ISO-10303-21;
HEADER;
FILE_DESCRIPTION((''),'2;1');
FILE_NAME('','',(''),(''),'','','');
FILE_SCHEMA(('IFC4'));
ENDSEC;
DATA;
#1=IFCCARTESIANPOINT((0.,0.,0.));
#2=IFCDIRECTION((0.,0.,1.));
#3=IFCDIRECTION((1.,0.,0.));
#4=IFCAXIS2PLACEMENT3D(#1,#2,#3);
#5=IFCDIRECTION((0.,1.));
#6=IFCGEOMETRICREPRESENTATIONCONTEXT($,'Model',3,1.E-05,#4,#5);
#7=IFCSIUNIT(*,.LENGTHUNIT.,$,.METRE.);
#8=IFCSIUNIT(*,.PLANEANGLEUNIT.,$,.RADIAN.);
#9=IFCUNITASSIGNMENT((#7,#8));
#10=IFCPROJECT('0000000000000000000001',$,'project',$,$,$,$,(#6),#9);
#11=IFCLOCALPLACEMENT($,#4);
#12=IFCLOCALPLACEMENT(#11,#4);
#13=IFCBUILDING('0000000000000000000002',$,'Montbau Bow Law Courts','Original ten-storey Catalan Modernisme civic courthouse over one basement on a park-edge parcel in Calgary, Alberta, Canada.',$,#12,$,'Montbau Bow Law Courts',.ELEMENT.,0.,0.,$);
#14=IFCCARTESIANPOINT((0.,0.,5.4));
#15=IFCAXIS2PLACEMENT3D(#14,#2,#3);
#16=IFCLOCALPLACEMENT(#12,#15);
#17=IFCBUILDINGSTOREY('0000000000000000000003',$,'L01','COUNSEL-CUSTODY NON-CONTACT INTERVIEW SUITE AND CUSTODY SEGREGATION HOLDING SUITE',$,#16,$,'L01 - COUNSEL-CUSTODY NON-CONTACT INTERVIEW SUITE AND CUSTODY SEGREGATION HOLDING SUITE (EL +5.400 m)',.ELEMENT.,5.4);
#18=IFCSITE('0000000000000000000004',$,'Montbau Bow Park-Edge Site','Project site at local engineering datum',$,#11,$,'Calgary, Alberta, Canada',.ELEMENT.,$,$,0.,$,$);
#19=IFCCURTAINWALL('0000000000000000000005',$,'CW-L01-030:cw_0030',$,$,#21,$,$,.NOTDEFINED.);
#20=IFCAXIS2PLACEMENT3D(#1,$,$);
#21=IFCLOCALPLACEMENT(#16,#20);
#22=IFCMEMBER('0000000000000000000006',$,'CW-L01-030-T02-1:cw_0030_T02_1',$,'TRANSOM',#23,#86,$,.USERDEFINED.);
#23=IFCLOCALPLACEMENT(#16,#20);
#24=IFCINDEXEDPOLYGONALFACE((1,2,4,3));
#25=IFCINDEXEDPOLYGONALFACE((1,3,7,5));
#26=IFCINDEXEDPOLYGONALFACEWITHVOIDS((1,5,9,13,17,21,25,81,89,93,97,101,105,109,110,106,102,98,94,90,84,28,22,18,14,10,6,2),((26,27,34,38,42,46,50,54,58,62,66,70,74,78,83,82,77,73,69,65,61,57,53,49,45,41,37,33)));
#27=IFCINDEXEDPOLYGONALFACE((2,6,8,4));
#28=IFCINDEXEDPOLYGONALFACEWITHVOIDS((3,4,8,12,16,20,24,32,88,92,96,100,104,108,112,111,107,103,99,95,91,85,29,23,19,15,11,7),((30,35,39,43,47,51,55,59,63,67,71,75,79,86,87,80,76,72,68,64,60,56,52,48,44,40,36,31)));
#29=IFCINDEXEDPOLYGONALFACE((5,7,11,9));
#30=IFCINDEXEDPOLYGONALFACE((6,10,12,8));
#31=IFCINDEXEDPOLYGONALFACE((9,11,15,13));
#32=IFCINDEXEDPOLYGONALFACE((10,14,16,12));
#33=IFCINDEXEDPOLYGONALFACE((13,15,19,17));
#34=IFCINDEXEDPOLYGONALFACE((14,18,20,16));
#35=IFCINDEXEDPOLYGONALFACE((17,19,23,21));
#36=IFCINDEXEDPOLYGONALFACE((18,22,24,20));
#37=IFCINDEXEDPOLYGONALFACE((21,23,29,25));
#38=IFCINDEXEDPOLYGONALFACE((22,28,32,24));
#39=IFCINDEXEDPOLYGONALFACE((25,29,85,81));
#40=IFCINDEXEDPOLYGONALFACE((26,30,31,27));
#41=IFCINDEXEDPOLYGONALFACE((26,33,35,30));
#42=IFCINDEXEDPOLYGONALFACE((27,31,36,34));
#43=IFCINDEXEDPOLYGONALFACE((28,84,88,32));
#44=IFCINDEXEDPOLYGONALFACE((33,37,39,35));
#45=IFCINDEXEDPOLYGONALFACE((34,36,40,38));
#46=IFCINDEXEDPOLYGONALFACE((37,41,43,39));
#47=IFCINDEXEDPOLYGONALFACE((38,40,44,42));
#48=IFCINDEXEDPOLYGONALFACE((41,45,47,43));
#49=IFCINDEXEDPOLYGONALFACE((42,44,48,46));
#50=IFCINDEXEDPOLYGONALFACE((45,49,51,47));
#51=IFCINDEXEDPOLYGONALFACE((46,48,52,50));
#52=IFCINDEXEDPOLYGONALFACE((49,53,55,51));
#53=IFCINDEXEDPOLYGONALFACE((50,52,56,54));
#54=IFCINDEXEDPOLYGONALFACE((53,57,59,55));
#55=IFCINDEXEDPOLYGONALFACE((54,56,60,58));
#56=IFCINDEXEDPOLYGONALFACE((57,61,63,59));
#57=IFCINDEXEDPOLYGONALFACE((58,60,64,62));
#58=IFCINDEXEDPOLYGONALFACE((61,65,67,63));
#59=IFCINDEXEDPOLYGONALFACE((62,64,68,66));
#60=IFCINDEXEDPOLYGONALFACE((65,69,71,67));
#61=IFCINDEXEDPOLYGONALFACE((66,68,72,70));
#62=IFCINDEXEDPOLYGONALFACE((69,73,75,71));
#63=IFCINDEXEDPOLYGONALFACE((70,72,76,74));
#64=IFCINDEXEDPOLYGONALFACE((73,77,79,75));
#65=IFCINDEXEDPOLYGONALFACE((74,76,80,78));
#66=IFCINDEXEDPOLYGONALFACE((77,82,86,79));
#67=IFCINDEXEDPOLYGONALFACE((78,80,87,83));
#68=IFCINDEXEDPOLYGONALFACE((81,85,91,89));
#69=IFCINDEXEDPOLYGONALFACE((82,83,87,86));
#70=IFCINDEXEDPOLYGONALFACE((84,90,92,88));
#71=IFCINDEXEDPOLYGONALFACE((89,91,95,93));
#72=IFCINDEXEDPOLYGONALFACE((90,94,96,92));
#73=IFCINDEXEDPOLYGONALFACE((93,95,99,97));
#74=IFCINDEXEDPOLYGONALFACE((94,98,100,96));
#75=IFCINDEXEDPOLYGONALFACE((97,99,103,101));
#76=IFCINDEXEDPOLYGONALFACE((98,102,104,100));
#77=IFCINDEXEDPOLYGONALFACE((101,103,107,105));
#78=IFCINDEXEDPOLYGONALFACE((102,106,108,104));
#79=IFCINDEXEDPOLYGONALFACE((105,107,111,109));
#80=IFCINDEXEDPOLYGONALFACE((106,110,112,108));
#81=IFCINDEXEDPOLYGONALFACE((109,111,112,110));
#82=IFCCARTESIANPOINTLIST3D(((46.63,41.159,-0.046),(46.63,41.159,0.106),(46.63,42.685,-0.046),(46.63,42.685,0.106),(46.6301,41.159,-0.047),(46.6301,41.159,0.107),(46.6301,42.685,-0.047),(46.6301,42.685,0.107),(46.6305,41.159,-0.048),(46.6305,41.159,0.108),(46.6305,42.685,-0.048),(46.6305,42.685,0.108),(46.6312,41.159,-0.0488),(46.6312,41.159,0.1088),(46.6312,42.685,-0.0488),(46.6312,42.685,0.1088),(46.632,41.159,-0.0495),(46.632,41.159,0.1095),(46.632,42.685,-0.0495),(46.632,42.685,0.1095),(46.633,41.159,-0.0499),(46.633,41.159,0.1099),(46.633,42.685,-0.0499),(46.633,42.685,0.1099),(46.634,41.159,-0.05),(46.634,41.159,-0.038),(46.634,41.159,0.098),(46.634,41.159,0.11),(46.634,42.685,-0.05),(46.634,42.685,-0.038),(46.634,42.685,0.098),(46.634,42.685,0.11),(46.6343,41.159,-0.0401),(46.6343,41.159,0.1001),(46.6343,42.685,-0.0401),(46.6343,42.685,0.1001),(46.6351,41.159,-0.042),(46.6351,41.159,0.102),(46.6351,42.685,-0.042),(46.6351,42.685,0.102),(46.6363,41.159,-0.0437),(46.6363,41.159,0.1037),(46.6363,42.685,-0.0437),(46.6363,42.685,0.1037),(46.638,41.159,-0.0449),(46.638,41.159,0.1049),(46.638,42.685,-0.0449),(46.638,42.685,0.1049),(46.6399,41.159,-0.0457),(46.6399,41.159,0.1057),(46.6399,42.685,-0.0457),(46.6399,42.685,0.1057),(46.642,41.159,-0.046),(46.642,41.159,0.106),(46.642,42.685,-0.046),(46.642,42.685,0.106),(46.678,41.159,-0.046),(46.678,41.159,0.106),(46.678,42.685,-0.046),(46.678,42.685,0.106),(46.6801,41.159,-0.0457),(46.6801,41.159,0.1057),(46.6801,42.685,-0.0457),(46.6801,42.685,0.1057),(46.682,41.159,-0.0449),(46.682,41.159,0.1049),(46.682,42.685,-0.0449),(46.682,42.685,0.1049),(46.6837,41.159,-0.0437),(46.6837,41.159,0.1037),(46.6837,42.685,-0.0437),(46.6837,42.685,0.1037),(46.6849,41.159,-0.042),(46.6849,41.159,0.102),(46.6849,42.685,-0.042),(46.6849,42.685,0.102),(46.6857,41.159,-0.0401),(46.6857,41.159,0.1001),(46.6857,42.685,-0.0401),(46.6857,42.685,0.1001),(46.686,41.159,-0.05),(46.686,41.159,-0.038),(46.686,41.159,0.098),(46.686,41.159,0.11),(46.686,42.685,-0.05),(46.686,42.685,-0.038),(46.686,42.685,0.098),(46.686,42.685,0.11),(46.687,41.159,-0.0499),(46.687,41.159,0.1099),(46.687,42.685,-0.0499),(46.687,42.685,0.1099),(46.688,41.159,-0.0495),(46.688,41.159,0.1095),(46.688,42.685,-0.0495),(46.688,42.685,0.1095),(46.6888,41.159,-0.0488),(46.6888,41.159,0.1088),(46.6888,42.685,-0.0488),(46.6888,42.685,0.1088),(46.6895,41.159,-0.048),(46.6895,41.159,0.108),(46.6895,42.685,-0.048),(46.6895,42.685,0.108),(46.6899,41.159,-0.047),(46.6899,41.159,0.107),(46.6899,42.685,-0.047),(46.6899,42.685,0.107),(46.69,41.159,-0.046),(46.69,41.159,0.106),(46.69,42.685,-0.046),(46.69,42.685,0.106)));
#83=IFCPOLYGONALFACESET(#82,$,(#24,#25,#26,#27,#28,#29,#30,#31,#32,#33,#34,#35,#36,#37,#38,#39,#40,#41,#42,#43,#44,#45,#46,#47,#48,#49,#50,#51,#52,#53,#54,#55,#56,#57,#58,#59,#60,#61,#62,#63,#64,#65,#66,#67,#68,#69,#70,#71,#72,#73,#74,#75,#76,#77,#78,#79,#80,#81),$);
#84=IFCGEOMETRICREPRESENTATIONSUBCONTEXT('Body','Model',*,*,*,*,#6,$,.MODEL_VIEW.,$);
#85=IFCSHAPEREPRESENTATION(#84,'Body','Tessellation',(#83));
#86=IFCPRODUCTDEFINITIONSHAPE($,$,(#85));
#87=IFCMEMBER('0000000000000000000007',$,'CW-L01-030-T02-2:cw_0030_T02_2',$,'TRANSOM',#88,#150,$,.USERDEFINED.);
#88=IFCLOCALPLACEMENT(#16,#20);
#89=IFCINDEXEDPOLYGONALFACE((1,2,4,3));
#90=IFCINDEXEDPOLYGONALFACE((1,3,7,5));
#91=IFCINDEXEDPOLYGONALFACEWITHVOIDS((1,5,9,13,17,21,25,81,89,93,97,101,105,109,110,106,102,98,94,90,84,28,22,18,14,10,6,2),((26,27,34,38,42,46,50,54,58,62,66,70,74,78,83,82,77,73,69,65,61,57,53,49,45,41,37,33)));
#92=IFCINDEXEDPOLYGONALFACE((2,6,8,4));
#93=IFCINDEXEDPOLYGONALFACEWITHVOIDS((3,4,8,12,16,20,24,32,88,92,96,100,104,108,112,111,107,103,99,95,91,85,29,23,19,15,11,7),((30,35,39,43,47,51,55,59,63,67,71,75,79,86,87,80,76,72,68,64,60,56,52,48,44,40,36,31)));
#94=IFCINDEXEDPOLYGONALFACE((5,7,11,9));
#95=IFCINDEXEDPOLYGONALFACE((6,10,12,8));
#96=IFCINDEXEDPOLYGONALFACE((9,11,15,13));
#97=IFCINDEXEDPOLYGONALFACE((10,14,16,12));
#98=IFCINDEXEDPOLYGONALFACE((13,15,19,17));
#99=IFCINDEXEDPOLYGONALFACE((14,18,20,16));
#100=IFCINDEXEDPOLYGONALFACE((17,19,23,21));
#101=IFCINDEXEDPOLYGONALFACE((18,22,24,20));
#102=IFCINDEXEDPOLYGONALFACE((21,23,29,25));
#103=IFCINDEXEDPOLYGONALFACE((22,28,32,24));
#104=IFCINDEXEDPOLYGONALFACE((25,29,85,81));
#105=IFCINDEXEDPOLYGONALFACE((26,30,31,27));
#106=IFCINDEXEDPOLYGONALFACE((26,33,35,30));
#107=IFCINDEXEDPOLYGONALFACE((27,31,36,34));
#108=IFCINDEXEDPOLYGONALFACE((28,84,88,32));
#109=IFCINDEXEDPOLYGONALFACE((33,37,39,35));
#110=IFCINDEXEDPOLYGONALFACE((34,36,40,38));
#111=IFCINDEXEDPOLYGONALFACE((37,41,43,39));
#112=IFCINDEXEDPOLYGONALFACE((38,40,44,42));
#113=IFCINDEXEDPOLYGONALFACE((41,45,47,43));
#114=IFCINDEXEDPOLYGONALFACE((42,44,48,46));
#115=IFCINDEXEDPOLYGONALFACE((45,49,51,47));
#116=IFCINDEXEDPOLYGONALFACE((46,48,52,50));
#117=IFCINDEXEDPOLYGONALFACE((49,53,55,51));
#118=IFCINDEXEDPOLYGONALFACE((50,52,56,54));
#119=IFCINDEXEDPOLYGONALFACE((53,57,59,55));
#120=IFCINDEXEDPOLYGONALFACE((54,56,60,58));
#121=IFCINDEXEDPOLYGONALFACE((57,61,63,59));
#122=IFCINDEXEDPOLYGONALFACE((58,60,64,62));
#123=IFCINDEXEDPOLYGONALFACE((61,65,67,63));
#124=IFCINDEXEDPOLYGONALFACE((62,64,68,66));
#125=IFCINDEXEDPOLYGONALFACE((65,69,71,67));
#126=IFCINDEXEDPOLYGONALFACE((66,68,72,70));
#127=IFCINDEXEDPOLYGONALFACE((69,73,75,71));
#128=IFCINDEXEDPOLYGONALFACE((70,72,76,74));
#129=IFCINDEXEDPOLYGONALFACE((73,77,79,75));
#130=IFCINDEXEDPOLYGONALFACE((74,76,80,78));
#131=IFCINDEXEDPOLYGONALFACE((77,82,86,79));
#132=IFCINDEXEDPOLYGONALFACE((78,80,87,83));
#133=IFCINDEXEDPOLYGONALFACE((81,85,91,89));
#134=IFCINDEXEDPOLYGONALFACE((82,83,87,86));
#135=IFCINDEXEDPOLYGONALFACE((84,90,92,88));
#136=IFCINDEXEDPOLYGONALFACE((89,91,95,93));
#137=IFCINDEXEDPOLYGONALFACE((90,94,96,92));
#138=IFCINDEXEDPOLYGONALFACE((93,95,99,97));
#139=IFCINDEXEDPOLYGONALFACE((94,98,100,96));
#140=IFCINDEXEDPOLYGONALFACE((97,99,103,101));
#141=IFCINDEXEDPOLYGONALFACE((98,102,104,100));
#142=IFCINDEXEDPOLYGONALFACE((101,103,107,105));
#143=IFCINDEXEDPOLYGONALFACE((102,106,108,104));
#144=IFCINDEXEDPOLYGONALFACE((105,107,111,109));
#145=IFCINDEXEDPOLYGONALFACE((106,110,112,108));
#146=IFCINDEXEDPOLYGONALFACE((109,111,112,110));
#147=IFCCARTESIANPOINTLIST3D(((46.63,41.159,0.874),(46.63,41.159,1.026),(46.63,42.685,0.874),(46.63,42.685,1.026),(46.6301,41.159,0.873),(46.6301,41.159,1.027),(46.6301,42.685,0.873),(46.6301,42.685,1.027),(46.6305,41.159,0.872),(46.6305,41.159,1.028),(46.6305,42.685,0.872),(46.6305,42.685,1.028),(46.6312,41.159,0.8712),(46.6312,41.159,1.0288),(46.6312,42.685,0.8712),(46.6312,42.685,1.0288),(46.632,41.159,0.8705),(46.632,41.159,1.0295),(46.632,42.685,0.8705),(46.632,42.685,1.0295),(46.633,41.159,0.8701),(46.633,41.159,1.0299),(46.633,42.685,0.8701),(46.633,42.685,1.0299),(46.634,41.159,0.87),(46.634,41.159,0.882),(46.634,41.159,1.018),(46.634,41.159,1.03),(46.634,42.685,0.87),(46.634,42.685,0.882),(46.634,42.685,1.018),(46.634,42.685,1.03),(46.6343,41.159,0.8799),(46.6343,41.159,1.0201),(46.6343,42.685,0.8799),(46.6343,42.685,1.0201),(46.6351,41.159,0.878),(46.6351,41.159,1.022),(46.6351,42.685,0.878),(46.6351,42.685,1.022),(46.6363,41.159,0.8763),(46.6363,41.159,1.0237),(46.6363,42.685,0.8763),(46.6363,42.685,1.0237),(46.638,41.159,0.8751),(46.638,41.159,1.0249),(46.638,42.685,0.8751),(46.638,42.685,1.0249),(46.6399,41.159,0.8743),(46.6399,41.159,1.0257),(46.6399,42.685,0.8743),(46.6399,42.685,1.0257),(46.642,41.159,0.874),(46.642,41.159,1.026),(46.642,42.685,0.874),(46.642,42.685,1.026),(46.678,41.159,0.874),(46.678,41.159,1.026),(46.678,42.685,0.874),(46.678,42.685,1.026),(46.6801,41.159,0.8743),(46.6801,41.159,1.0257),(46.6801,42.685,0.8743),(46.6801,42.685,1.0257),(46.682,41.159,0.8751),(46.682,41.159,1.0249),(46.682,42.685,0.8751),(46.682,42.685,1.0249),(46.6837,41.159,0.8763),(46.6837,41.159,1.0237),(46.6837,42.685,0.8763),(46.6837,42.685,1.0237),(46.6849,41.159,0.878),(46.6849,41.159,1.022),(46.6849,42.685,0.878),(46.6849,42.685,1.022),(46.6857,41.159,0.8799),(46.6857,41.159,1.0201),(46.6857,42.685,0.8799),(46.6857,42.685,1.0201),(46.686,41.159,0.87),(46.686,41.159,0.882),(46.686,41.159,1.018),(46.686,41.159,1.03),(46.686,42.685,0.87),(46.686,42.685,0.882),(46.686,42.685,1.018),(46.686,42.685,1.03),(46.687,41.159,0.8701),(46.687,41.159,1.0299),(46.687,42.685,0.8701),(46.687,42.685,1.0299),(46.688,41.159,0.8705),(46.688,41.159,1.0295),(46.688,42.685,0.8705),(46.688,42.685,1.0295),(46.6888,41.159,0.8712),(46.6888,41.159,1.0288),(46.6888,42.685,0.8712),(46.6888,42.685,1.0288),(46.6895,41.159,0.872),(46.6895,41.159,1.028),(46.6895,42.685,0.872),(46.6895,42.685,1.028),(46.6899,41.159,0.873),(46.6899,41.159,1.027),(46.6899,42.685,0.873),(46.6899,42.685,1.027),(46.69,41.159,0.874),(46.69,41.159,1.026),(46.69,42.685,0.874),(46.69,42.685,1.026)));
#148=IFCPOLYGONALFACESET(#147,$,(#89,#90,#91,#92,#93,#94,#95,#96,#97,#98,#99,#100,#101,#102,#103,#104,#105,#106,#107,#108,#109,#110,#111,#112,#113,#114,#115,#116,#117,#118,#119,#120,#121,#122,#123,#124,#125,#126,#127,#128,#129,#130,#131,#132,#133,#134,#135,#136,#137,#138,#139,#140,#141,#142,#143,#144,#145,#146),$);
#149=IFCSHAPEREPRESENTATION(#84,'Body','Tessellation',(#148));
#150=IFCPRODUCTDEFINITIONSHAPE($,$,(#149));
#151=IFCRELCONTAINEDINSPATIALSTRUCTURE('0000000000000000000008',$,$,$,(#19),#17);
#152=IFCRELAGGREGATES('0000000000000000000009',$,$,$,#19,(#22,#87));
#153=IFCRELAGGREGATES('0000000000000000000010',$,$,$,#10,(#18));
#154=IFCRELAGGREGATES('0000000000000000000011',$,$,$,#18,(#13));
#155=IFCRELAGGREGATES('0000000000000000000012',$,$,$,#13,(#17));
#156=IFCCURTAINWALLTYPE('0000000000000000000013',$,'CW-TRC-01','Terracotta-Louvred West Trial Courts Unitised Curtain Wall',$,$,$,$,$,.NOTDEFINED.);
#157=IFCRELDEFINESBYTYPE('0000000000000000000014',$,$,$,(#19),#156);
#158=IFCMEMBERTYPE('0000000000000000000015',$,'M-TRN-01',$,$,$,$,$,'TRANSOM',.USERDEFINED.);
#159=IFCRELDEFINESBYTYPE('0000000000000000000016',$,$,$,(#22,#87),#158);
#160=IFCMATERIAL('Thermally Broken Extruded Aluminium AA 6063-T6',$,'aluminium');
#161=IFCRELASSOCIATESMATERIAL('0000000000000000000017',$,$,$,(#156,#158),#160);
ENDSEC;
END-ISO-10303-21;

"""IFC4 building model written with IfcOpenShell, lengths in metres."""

from ifc_helpers import new_model, si_unit, direction, frame, origin_with_axes, origin_2d_with_axis, place, context, subcontext, project, spatial, hollow_rectangle, extrude, material, material_profile, profile_set, type_object, element, aggregate, save


model = new_model("IFC4")

# Units and contexts
model_context = context("Model", 3, precision=1e-05, world=origin_with_axes(), true_north=direction((0.0, 1.0)))
body_context = subcontext(model_context, "Body", "Model", "MODEL_VIEW")
ifc_project = project(units=[si_unit("LENGTHUNIT", "METRE"), si_unit("PLANEANGLEUNIT", "RADIAN")], contexts=[model_context])

# Site, building, storey
site_placement = place(None, origin_with_axes())
site = spatial("IfcSite", under=ifc_project, at=site_placement, Name="Montbau Bow Park-Edge Site", Description="Project site at local engineering datum", LongName="Calgary, Alberta, Canada", CompositionType="ELEMENT", RefElevation=0.0)
building_placement = place(site_placement, origin_with_axes())
building = spatial("IfcBuilding", under=site, at=building_placement, Name="Montbau Bow Law Courts", Description="Original ten-storey Catalan Modernisme civic courthouse over one basement on a park-edge parcel in Calgary, Alberta, Canada.", LongName="Montbau Bow Law Courts", CompositionType="ELEMENT", ElevationOfRefHeight=0.0, ElevationOfTerrain=0.0)
storey_placement = place(building_placement, frame((0.0, 0.0, 5.4), z_axis=(0.0, 0.0, 1.0), x_axis=(1.0, 0.0, 0.0)))
storey = spatial("IfcBuildingStorey", under=building, at=storey_placement, Name="L01", Description="COUNSEL-CUSTODY NON-CONTACT INTERVIEW SUITE AND CUSTODY SEGREGATION HOLDING SUITE", LongName="L01 - COUNSEL-CUSTODY NON-CONTACT INTERVIEW SUITE AND CUSTODY SEGREGATION HOLDING SUITE (EL +5.400 m)", CompositionType="ELEMENT", Elevation=5.4)

# Curtain wall, members
ifc_material_1 = material(Name="Thermally Broken Extruded Aluminium AA 6063-T6", Category="aluminium")
curtain_wall_type_1 = type_object("IfcCurtainWallType", Name="CW-TRC-01", Description="Terracotta-Louvred West Trial Courts Unitised Curtain Wall", PredefinedType="NOTDEFINED", material=ifc_material_1)
curtain_wall_1_placement = place(None, frame((46.66, 39.515, 5.4), z_axis=(0.0, 0.0, 1.0), x_axis=(1.0, 0.0, 0.0)))
curtain_wall_1 = element("IfcCurtainWall", 1, at=curtain_wall_1_placement, inside=storey, type_object=curtain_wall_type_1, Name="CW-L01-030:cw_0030", PredefinedType="NOTDEFINED")
ifc_material_profile_1 = material_profile(ifc_material_1, hollow_rectangle(XDim=0.06, YDim=0.16, WallThickness=0.004, InnerFilletRadius=0.008, OuterFilletRadius=0.004, at=origin_2d_with_axis()), Name="CWT-160X60", Category="Main", Priority=0)
ifc_profile_set_1 = profile_set([ifc_material_profile_1], Name="Thermally Broken Extruded Aluminium AA 6063-T6")
member_type_1 = type_object("IfcMemberType", Name="M-TRN-01", ElementType="TRANSOM", PredefinedType="USERDEFINED", material=ifc_profile_set_1)
member_1_placement = place(None, frame((46.66, 41.159, 5.43), z_axis=(0.0, 1.0, 0.0), x_axis=(-1.0, 0.0, 0.0)))
member_1 = element("IfcMember", 2, at=member_1_placement, type_object=member_type_1, Name="CW-L01-030-T02-1:cw_0030_T02_1", ObjectType="TRANSOM", PredefinedType="USERDEFINED", context=body_context, shape_type="SweptSolid", body=[
    extrude(hollow_rectangle(XDim=0.06, YDim=0.16, WallThickness=0.004, InnerFilletRadius=0.008, OuterFilletRadius=0.004, at=origin_2d_with_axis()), origin_with_axes(), (0.0, 0.0, 1.0), 1.526),
])
member_2_placement = place(None, frame((46.66, 41.159, 6.35), z_axis=(0.0, 1.0, 0.0), x_axis=(-1.0, 0.0, 0.0)))
member_2 = element("IfcMember", 3, at=member_2_placement, type_object=member_type_1, Name="CW-L01-030-T02-2:cw_0030_T02_2", ObjectType="TRANSOM", PredefinedType="USERDEFINED", context=body_context, shape_type="SweptSolid", body=[
    extrude(hollow_rectangle(XDim=0.06, YDim=0.16, WallThickness=0.004, InnerFilletRadius=0.008, OuterFilletRadius=0.004, at=origin_2d_with_axis()), origin_with_axes(), (0.0, 0.0, 1.0), 1.526),
])

aggregate(curtain_wall_1, [member_1, member_2])

save(model, "model.ifc")
